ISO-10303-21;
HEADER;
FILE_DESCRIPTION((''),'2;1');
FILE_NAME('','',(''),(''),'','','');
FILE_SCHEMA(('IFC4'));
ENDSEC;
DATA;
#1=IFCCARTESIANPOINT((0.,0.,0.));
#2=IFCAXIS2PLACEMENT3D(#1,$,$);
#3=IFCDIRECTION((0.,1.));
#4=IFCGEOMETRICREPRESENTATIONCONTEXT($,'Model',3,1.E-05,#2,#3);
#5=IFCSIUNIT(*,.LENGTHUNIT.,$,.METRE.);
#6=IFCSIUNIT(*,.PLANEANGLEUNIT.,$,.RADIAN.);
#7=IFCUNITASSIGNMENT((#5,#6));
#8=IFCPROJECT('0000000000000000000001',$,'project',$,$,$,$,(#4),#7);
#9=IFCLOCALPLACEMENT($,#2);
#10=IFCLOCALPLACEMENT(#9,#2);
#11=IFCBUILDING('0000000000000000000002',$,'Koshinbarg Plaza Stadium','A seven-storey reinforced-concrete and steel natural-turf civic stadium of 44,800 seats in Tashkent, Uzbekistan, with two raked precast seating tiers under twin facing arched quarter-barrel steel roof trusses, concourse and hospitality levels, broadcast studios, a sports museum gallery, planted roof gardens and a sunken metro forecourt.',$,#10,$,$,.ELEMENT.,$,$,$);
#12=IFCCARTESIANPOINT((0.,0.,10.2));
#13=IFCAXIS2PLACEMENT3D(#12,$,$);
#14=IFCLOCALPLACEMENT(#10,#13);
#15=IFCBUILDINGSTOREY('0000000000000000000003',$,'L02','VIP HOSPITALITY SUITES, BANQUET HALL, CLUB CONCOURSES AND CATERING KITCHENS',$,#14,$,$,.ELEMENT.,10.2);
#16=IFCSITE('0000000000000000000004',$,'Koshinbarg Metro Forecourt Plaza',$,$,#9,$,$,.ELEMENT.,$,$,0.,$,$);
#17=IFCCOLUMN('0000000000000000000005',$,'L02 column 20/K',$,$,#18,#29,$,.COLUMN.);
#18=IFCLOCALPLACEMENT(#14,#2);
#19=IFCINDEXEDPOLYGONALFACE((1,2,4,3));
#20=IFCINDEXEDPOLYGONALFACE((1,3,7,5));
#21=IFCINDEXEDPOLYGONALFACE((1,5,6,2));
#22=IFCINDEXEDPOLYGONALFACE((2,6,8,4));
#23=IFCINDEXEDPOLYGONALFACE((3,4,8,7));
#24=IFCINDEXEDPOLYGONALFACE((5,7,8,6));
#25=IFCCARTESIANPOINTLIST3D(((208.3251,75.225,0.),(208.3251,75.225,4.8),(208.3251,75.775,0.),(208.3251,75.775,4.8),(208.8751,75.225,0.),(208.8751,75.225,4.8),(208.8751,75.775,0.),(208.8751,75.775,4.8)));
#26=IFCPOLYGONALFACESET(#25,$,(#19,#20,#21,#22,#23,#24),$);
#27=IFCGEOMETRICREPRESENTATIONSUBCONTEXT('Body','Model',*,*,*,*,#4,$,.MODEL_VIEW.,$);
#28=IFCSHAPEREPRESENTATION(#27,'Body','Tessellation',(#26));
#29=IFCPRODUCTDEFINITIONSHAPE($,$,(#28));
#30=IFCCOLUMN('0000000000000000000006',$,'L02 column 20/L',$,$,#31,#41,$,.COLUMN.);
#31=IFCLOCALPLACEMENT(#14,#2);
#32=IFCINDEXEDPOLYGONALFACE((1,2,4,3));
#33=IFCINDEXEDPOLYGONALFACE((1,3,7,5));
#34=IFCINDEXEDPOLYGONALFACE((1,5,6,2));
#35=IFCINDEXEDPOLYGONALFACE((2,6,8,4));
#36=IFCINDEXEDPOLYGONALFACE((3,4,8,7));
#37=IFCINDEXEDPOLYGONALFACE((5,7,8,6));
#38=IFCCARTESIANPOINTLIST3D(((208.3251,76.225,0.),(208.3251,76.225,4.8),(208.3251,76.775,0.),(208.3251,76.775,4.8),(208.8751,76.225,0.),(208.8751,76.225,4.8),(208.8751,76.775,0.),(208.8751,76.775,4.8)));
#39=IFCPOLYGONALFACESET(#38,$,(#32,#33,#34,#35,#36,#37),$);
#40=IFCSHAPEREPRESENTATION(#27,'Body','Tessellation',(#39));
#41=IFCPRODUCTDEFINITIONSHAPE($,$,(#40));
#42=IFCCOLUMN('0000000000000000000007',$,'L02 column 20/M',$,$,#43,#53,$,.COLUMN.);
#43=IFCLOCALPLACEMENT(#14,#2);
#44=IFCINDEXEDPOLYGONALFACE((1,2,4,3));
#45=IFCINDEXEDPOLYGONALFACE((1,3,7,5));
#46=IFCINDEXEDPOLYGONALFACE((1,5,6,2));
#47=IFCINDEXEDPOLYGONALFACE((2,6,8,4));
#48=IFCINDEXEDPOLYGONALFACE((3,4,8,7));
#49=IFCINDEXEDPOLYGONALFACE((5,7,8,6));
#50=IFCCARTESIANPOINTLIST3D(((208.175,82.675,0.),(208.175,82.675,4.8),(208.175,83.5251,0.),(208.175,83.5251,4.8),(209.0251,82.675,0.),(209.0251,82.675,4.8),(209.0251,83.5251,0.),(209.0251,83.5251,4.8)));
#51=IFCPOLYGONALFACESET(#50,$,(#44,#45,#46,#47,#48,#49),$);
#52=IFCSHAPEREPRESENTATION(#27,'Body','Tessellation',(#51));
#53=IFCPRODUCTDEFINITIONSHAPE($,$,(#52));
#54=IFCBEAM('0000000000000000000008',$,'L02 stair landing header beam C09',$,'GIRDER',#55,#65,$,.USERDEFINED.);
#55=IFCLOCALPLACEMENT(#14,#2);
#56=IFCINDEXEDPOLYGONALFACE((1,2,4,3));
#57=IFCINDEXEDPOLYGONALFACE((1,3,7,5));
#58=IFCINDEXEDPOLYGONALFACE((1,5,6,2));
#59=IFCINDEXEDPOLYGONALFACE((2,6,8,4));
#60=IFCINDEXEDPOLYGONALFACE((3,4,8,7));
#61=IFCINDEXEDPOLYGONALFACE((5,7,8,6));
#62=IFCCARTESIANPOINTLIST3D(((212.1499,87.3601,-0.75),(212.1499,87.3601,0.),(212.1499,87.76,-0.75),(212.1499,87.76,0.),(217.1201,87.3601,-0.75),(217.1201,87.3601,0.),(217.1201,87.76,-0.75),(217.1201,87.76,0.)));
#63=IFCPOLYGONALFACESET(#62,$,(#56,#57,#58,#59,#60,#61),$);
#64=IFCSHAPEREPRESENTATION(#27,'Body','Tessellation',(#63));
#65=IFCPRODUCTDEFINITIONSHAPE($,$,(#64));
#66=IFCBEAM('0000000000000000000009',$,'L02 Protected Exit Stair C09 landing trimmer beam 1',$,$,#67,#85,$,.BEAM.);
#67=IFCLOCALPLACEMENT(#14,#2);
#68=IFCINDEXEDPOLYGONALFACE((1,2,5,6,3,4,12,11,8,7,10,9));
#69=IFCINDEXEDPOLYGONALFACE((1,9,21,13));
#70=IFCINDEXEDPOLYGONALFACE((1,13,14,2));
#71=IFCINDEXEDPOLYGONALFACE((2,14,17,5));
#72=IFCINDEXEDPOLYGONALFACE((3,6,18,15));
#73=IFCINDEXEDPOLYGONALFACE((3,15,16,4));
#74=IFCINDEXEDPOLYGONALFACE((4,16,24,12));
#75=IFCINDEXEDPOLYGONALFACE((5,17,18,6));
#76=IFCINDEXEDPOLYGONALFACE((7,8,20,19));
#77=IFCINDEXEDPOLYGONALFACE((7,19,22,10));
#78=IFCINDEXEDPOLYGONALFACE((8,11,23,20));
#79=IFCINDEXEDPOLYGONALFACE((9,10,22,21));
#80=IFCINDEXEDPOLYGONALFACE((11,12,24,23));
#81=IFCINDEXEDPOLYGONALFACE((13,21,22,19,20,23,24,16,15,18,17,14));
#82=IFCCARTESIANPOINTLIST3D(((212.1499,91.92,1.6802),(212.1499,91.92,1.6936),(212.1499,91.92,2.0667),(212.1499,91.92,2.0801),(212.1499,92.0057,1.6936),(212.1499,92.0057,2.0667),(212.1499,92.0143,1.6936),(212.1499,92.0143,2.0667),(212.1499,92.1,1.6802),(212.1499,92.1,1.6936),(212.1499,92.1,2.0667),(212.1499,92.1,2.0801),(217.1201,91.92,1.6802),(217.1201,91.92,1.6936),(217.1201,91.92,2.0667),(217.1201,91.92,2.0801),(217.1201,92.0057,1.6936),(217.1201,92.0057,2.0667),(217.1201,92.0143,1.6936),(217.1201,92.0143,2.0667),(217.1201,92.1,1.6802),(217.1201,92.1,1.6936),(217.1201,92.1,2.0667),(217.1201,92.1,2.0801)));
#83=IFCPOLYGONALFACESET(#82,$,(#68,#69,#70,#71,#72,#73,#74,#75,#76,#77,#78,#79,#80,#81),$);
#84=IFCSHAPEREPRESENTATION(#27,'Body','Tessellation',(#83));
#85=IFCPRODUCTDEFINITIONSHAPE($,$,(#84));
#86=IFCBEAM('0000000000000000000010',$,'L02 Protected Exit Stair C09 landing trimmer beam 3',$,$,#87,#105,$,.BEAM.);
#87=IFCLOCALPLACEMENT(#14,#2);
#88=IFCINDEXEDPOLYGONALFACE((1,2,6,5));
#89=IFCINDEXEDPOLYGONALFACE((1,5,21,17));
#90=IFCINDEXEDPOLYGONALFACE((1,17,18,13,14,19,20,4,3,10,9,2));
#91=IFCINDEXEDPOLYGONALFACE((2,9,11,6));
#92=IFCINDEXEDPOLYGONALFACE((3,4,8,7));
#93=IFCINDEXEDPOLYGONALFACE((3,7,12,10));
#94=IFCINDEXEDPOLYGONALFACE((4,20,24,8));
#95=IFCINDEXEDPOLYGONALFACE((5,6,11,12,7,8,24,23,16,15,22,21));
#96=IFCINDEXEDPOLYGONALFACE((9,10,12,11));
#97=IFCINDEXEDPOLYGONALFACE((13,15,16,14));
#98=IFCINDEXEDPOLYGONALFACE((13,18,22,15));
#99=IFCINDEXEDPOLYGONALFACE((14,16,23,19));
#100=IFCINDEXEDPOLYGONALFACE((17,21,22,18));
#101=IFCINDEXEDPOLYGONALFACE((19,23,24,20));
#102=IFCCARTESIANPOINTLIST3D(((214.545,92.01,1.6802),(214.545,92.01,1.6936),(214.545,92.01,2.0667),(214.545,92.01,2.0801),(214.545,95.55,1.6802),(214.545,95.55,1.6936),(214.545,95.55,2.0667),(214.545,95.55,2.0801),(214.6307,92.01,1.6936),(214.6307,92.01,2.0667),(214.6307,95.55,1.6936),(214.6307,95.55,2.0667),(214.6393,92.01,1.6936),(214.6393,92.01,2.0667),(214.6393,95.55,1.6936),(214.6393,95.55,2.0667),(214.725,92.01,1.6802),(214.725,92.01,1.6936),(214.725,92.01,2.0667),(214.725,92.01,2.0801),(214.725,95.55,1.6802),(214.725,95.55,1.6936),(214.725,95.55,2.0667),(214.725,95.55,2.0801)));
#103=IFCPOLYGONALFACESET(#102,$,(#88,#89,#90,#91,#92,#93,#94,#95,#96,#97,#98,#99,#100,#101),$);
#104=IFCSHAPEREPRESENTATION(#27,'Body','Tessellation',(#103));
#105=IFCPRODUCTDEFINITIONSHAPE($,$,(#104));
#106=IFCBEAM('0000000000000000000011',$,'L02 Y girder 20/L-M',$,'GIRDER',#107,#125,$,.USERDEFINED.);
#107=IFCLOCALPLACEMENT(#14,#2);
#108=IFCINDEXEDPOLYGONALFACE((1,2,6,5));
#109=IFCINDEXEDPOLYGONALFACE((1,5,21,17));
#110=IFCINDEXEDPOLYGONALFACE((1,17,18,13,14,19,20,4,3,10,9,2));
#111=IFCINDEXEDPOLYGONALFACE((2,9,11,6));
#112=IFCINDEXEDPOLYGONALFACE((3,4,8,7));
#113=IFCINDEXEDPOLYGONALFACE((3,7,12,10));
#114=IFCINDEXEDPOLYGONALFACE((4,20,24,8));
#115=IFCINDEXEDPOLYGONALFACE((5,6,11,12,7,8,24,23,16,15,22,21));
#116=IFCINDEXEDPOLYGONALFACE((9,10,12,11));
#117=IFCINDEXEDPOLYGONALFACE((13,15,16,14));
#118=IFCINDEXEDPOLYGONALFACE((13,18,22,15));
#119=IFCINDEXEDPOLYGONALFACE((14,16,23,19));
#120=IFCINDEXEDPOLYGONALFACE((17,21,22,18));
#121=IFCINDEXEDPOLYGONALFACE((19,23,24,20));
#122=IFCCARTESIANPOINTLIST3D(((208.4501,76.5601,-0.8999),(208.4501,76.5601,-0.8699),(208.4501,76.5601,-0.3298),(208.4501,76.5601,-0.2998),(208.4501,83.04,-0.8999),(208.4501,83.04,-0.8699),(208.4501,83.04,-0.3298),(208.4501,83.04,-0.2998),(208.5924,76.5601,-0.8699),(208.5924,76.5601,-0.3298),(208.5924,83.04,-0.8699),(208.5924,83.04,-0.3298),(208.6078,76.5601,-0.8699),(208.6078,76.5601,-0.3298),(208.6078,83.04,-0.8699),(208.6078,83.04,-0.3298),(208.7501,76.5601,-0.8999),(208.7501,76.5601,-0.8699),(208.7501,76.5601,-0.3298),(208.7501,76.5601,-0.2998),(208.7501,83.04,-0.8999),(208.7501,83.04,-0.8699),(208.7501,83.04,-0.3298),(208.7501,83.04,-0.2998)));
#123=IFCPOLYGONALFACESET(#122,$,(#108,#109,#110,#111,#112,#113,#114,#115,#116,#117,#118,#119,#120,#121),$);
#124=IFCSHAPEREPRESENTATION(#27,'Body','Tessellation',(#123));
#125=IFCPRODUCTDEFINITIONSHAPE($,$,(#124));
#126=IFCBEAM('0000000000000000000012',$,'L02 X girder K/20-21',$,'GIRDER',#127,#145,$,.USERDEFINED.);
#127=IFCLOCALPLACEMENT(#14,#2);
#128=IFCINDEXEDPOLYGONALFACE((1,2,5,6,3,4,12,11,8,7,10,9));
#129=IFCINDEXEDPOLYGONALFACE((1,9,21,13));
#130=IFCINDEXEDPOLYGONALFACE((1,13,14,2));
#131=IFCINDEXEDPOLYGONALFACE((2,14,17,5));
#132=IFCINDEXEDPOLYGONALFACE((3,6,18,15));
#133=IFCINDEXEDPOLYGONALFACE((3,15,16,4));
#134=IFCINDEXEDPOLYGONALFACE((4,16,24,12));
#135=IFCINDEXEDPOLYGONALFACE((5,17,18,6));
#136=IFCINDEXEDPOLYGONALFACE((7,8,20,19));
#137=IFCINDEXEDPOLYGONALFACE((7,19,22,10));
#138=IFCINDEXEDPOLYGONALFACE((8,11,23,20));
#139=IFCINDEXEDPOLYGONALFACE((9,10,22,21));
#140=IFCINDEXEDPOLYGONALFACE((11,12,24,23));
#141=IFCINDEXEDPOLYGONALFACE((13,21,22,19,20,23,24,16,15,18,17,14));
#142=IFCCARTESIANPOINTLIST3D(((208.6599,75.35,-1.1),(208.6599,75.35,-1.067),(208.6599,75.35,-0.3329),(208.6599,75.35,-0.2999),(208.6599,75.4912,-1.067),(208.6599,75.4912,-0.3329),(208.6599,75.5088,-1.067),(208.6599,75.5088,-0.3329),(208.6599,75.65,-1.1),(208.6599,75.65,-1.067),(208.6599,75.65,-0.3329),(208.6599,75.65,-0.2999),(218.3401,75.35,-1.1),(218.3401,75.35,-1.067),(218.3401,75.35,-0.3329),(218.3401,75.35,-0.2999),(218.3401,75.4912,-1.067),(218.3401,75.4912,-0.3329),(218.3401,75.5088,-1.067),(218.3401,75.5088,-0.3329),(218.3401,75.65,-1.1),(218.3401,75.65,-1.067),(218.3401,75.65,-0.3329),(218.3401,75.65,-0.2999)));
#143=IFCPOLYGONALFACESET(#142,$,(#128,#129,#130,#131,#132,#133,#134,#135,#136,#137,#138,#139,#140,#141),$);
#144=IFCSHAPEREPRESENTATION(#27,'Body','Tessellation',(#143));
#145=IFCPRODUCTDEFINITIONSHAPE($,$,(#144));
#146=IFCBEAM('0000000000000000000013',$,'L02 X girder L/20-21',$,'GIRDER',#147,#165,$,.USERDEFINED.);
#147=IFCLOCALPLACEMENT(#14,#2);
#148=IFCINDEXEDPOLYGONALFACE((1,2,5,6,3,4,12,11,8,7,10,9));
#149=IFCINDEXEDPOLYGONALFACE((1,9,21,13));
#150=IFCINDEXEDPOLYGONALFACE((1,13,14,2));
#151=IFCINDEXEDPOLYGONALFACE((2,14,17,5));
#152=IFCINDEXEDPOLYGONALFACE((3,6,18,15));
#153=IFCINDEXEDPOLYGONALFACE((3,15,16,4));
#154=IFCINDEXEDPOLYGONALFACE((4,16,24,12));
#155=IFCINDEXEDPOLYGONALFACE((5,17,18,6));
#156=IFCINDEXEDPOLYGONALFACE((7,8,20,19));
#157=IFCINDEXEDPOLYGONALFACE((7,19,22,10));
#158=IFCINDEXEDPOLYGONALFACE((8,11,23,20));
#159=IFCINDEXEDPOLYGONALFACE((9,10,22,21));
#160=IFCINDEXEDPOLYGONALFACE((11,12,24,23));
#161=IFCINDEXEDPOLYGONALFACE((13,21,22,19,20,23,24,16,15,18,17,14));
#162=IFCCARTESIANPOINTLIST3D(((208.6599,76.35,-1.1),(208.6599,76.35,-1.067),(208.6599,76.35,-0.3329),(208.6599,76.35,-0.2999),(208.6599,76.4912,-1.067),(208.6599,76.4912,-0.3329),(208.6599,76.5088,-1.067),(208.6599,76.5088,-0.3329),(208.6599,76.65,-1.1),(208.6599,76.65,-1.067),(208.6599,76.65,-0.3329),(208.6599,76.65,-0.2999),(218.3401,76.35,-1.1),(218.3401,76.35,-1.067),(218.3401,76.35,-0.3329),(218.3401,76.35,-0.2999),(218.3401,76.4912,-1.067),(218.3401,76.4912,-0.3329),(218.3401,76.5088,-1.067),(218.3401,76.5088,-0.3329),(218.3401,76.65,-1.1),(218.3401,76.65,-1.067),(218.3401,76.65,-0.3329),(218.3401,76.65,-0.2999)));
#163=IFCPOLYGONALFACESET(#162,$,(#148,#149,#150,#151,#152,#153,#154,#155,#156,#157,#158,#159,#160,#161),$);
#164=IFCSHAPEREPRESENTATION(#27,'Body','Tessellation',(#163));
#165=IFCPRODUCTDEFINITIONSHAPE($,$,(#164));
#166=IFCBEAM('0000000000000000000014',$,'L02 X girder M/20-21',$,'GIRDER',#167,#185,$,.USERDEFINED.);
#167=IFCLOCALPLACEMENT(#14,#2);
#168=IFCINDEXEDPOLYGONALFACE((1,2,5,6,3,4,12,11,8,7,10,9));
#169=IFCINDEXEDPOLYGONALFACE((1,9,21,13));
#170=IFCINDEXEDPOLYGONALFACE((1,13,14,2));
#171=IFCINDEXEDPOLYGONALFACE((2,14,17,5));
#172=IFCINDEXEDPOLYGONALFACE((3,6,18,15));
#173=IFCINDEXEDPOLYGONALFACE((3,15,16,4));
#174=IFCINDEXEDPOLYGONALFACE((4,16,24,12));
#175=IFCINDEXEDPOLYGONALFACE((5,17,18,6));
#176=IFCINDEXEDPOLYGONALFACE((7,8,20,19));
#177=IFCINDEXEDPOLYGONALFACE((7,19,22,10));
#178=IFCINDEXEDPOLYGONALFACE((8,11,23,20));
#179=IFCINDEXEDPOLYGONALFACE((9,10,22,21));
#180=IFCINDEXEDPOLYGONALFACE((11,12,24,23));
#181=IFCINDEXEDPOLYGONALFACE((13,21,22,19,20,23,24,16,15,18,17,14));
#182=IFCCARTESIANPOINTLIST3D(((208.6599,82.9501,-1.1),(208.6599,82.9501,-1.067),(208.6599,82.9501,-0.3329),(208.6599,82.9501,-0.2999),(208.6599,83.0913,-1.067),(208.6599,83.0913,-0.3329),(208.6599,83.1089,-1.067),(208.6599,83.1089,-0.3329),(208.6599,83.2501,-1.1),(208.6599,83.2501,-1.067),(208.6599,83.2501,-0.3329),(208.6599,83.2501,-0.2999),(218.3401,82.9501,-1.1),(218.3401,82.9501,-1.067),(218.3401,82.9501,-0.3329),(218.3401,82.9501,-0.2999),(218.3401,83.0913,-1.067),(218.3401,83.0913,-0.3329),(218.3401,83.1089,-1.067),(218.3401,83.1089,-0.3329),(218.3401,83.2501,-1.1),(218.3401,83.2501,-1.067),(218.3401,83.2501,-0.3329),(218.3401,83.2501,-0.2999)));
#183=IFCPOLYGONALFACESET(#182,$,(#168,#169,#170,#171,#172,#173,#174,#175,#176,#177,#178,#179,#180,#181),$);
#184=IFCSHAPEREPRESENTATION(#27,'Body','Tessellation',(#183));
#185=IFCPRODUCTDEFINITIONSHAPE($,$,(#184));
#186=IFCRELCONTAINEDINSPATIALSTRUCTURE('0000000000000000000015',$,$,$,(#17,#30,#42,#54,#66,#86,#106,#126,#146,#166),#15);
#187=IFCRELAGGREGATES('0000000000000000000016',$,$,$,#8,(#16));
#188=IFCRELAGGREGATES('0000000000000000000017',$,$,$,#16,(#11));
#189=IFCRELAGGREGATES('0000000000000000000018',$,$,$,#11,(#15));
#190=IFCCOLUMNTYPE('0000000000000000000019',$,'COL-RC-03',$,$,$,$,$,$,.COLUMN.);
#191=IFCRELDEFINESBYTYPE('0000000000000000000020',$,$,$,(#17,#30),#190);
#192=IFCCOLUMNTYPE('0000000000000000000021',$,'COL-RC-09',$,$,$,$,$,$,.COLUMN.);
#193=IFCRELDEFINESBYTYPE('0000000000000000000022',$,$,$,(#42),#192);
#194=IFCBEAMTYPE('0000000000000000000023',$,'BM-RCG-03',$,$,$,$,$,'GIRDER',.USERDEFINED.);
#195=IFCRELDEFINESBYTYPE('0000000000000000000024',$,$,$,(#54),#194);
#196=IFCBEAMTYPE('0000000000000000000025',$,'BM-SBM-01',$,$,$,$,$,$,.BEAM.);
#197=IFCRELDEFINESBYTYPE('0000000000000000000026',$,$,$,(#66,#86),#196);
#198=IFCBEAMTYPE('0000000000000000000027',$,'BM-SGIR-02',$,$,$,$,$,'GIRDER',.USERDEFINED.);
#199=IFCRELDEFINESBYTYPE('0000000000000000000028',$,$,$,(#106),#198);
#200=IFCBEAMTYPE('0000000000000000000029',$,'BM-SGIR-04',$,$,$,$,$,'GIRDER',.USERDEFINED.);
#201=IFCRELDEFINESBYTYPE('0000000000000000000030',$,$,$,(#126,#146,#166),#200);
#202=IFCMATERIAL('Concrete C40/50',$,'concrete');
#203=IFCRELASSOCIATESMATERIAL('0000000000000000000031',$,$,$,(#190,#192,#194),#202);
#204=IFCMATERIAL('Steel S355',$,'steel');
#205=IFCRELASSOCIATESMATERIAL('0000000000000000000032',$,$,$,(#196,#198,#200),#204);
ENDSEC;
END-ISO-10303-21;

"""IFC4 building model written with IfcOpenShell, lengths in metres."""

from ifc_helpers import new_model, si_unit, direction, frame, origin, origin_2d, place, context, subcontext, project, spatial, rectangle, i_section, extrude, material, material_profile, profile_set, type_object, element, save


model = new_model("IFC4")

# Units and contexts
model_context = context("Model", 3, precision=1e-05, world=origin(), true_north=direction((0.0, 1.0)))
body_context = subcontext(model_context, "Body", "Model", "MODEL_VIEW")
ifc_project = project(units=[si_unit("LENGTHUNIT", "METRE"), si_unit("PLANEANGLEUNIT", "RADIAN")], contexts=[model_context])

# Site, building, storey
site_placement = place(None, origin())
site = spatial("IfcSite", under=ifc_project, at=site_placement, Name="Koshinbarg Metro Forecourt Plaza", CompositionType="ELEMENT", RefElevation=0.0)
building_placement = place(site_placement, origin())
building = spatial("IfcBuilding", under=site, at=building_placement, Name="Koshinbarg Plaza Stadium", Description="A seven-storey reinforced-concrete and steel natural-turf civic stadium of 44,800 seats in Tashkent, Uzbekistan, with two raked precast seating tiers under twin facing arched quarter-barrel steel roof trusses, concourse and hospitality levels, broadcast studios, a sports museum gallery, planted roof gardens and a sunken metro forecourt.", CompositionType="ELEMENT")
storey_placement = place(building_placement, frame((0.0, 0.0, 10.2)))
storey = spatial("IfcBuildingStorey", under=building, at=storey_placement, Name="L02", Description="VIP HOSPITALITY SUITES, BANQUET HALL, CLUB CONCOURSES AND CATERING KITCHENS", CompositionType="ELEMENT", Elevation=10.2)

# Columns
ifc_material_1 = material(Name="Concrete C40/50", Category="concrete")
ifc_material_profile_1 = material_profile(ifc_material_1, rectangle(XDim=0.55, YDim=0.55, at=origin_2d()), Name="RC 550x550")
ifc_profile_set_1 = profile_set([ifc_material_profile_1], Name="Concrete C40/50")
column_type_1 = type_object("IfcColumnType", Name="COL-RC-03", PredefinedType="COLUMN", material=ifc_profile_set_1)
for number, where, z_axis, x_axis, name in (
    (1, (208.6001, 75.5, 0.0), (0.0, 0.0, 1.0), (1.0, 0.0, 0.0), "L02 column 20/K"),
    (2, (208.6001, 76.5, 0.0), (0.0, 0.0, 1.0), (1.0, 0.0, 0.0), "L02 column 20/L"),
):
    element("IfcColumn", number, at=place(storey_placement, frame(where, z_axis=z_axis, x_axis=x_axis)), inside=storey, type_object=column_type_1, Name=name, PredefinedType="COLUMN", context=body_context, shape_type="SweptSolid", body=[
        extrude(rectangle(XDim=0.55, YDim=0.55, at=origin_2d()), origin(), (0.0, 0.0, 1.0), 4.8),
    ])
ifc_material_profile_2 = material_profile(ifc_material_1, rectangle(XDim=0.8501, YDim=0.8501, at=origin_2d()), Name="RC 850x850")
ifc_profile_set_2 = profile_set([ifc_material_profile_2], Name="Concrete C40/50")
column_type_2 = type_object("IfcColumnType", Name="COL-RC-09", PredefinedType="COLUMN", material=ifc_profile_set_2)
column_placement = place(storey_placement, frame((208.6001, 83.1001, 0.0), z_axis=(0.0, 0.0, 1.0), x_axis=(1.0, 0.0, 0.0)))
element("IfcColumn", 3, at=column_placement, inside=storey, type_object=column_type_2, Name="L02 column 20/M", PredefinedType="COLUMN", context=body_context, shape_type="SweptSolid", body=[
    extrude(rectangle(XDim=0.8501, YDim=0.8501, at=origin_2d()), origin(), (0.0, 0.0, 1.0), 4.8),
])

# Beams
ifc_material_profile_3 = material_profile(ifc_material_1, rectangle(XDim=0.3999, YDim=0.75, at=origin_2d()), Name="RC 400x750")
ifc_profile_set_3 = profile_set([ifc_material_profile_3], Name="Concrete C40/50")
beam_type_1 = type_object("IfcBeamType", Name="BM-RCG-03", ElementType="GIRDER", PredefinedType="USERDEFINED", material=ifc_profile_set_3)
beam_1_placement = place(storey_placement, frame((212.1499, 87.5601, -0.375), z_axis=(1.0, 0.0, 0.0), x_axis=(0.0, 1.0, 0.0)))
element("IfcBeam", 4, at=beam_1_placement, inside=storey, type_object=beam_type_1, Name="L02 stair landing header beam C09", ObjectType="GIRDER", PredefinedType="USERDEFINED", context=body_context, shape_type="SweptSolid", body=[
    extrude(rectangle(XDim=0.3999, YDim=0.75, at=origin_2d()), origin(), (0.0, 0.0, 1.0), 4.9702),
])
ifc_material_2 = material(Name="Steel S355", Category="steel")
ifc_material_profile_4 = material_profile(ifc_material_2, i_section(OverallWidth=0.1799, OverallDepth=0.3999, WebThickness=0.0085, FlangeThickness=0.0134, at=origin_2d()), Name="IPE 400")
ifc_profile_set_4 = profile_set([ifc_material_profile_4], Name="Steel S355")
beam_type_2 = type_object("IfcBeamType", Name="BM-SBM-01", PredefinedType="BEAM", material=ifc_profile_set_4)
beam_2_placement = place(storey_placement, frame((212.1499, 92.01, 1.8801), z_axis=(1.0, 0.0, 0.0), x_axis=(0.0, 1.0, 0.0)))
element("IfcBeam", 5, at=beam_2_placement, inside=storey, type_object=beam_type_2, Name="L02 Protected Exit Stair C09 landing trimmer beam 1", PredefinedType="BEAM", context=body_context, shape_type="SweptSolid", body=[
    extrude(i_section(OverallWidth=0.1799, OverallDepth=0.3999, WebThickness=0.0085, FlangeThickness=0.0134, at=origin_2d()), origin(), (0.0, 0.0, 1.0), 4.9702),
])
beam_3_placement = place(storey_placement, frame((214.635, 92.01, 1.8801), z_axis=(0.0, 1.0, 0.0), x_axis=(-1.0, 0.0, 0.0)))
element("IfcBeam", 6, at=beam_3_placement, inside=storey, type_object=beam_type_2, Name="L02 Protected Exit Stair C09 landing trimmer beam 3", PredefinedType="BEAM", context=body_context, shape_type="SweptSolid", body=[
    extrude(i_section(OverallWidth=0.1799, OverallDepth=0.3999, WebThickness=0.0085, FlangeThickness=0.0134, at=origin_2d()), origin(), (0.0, 0.0, 1.0), 3.54),
])
ifc_material_profile_5 = material_profile(ifc_material_2, i_section(OverallWidth=0.3, OverallDepth=0.6001, WebThickness=0.0154, FlangeThickness=0.03, at=origin_2d()), Name="HEB 600")
ifc_profile_set_5 = profile_set([ifc_material_profile_5], Name="Steel S355")
beam_type_3 = type_object("IfcBeamType", Name="BM-SGIR-02", ElementType="GIRDER", PredefinedType="USERDEFINED", material=ifc_profile_set_5)
beam_4_placement = place(storey_placement, frame((208.6001, 76.5601, -0.5999), z_axis=(0.0, 1.0, 0.0), x_axis=(-1.0, 0.0, 0.0)))
element("IfcBeam", 7, at=beam_4_placement, inside=storey, type_object=beam_type_3, Name="L02 Y girder 20/L-M", ObjectType="GIRDER", PredefinedType="USERDEFINED", context=body_context, shape_type="SweptSolid", body=[
    extrude(i_section(OverallWidth=0.3, OverallDepth=0.6001, WebThickness=0.0154, FlangeThickness=0.03, at=origin_2d()), origin(), (0.0, 0.0, 1.0), 6.48),
])
ifc_material_profile_6 = material_profile(ifc_material_2, i_section(OverallWidth=0.3, OverallDepth=0.8, WebThickness=0.0176, FlangeThickness=0.033, at=origin_2d()), Name="HEB 800")
ifc_profile_set_6 = profile_set([ifc_material_profile_6], Name="Steel S355")
beam_type_4 = type_object("IfcBeamType", Name="BM-SGIR-04", ElementType="GIRDER", PredefinedType="USERDEFINED", material=ifc_profile_set_6)
for number, where, z_axis, x_axis, name in (
    (8, (208.6599, 75.5, -0.7), (1.0, 0.0, 0.0), (0.0, 1.0, 0.0), "L02 X girder K/20-21"),
    (9, (208.6599, 76.5, -0.7), (1.0, 0.0, 0.0), (0.0, 1.0, 0.0), "L02 X girder L/20-21"),
    (10, (208.6599, 83.1001, -0.7), (1.0, 0.0, 0.0), (0.0, 1.0, 0.0), "L02 X girder M/20-21"),
):
    element("IfcBeam", number, at=place(storey_placement, frame(where, z_axis=z_axis, x_axis=x_axis)), inside=storey, type_object=beam_type_4, Name=name, ObjectType="GIRDER", PredefinedType="USERDEFINED", context=body_context, shape_type="SweptSolid", body=[
        extrude(i_section(OverallWidth=0.3, OverallDepth=0.8, WebThickness=0.0176, FlangeThickness=0.033, at=origin_2d()), origin(), (0.0, 0.0, 1.0), 9.6802),
    ])

save(model, "model.ifc")
